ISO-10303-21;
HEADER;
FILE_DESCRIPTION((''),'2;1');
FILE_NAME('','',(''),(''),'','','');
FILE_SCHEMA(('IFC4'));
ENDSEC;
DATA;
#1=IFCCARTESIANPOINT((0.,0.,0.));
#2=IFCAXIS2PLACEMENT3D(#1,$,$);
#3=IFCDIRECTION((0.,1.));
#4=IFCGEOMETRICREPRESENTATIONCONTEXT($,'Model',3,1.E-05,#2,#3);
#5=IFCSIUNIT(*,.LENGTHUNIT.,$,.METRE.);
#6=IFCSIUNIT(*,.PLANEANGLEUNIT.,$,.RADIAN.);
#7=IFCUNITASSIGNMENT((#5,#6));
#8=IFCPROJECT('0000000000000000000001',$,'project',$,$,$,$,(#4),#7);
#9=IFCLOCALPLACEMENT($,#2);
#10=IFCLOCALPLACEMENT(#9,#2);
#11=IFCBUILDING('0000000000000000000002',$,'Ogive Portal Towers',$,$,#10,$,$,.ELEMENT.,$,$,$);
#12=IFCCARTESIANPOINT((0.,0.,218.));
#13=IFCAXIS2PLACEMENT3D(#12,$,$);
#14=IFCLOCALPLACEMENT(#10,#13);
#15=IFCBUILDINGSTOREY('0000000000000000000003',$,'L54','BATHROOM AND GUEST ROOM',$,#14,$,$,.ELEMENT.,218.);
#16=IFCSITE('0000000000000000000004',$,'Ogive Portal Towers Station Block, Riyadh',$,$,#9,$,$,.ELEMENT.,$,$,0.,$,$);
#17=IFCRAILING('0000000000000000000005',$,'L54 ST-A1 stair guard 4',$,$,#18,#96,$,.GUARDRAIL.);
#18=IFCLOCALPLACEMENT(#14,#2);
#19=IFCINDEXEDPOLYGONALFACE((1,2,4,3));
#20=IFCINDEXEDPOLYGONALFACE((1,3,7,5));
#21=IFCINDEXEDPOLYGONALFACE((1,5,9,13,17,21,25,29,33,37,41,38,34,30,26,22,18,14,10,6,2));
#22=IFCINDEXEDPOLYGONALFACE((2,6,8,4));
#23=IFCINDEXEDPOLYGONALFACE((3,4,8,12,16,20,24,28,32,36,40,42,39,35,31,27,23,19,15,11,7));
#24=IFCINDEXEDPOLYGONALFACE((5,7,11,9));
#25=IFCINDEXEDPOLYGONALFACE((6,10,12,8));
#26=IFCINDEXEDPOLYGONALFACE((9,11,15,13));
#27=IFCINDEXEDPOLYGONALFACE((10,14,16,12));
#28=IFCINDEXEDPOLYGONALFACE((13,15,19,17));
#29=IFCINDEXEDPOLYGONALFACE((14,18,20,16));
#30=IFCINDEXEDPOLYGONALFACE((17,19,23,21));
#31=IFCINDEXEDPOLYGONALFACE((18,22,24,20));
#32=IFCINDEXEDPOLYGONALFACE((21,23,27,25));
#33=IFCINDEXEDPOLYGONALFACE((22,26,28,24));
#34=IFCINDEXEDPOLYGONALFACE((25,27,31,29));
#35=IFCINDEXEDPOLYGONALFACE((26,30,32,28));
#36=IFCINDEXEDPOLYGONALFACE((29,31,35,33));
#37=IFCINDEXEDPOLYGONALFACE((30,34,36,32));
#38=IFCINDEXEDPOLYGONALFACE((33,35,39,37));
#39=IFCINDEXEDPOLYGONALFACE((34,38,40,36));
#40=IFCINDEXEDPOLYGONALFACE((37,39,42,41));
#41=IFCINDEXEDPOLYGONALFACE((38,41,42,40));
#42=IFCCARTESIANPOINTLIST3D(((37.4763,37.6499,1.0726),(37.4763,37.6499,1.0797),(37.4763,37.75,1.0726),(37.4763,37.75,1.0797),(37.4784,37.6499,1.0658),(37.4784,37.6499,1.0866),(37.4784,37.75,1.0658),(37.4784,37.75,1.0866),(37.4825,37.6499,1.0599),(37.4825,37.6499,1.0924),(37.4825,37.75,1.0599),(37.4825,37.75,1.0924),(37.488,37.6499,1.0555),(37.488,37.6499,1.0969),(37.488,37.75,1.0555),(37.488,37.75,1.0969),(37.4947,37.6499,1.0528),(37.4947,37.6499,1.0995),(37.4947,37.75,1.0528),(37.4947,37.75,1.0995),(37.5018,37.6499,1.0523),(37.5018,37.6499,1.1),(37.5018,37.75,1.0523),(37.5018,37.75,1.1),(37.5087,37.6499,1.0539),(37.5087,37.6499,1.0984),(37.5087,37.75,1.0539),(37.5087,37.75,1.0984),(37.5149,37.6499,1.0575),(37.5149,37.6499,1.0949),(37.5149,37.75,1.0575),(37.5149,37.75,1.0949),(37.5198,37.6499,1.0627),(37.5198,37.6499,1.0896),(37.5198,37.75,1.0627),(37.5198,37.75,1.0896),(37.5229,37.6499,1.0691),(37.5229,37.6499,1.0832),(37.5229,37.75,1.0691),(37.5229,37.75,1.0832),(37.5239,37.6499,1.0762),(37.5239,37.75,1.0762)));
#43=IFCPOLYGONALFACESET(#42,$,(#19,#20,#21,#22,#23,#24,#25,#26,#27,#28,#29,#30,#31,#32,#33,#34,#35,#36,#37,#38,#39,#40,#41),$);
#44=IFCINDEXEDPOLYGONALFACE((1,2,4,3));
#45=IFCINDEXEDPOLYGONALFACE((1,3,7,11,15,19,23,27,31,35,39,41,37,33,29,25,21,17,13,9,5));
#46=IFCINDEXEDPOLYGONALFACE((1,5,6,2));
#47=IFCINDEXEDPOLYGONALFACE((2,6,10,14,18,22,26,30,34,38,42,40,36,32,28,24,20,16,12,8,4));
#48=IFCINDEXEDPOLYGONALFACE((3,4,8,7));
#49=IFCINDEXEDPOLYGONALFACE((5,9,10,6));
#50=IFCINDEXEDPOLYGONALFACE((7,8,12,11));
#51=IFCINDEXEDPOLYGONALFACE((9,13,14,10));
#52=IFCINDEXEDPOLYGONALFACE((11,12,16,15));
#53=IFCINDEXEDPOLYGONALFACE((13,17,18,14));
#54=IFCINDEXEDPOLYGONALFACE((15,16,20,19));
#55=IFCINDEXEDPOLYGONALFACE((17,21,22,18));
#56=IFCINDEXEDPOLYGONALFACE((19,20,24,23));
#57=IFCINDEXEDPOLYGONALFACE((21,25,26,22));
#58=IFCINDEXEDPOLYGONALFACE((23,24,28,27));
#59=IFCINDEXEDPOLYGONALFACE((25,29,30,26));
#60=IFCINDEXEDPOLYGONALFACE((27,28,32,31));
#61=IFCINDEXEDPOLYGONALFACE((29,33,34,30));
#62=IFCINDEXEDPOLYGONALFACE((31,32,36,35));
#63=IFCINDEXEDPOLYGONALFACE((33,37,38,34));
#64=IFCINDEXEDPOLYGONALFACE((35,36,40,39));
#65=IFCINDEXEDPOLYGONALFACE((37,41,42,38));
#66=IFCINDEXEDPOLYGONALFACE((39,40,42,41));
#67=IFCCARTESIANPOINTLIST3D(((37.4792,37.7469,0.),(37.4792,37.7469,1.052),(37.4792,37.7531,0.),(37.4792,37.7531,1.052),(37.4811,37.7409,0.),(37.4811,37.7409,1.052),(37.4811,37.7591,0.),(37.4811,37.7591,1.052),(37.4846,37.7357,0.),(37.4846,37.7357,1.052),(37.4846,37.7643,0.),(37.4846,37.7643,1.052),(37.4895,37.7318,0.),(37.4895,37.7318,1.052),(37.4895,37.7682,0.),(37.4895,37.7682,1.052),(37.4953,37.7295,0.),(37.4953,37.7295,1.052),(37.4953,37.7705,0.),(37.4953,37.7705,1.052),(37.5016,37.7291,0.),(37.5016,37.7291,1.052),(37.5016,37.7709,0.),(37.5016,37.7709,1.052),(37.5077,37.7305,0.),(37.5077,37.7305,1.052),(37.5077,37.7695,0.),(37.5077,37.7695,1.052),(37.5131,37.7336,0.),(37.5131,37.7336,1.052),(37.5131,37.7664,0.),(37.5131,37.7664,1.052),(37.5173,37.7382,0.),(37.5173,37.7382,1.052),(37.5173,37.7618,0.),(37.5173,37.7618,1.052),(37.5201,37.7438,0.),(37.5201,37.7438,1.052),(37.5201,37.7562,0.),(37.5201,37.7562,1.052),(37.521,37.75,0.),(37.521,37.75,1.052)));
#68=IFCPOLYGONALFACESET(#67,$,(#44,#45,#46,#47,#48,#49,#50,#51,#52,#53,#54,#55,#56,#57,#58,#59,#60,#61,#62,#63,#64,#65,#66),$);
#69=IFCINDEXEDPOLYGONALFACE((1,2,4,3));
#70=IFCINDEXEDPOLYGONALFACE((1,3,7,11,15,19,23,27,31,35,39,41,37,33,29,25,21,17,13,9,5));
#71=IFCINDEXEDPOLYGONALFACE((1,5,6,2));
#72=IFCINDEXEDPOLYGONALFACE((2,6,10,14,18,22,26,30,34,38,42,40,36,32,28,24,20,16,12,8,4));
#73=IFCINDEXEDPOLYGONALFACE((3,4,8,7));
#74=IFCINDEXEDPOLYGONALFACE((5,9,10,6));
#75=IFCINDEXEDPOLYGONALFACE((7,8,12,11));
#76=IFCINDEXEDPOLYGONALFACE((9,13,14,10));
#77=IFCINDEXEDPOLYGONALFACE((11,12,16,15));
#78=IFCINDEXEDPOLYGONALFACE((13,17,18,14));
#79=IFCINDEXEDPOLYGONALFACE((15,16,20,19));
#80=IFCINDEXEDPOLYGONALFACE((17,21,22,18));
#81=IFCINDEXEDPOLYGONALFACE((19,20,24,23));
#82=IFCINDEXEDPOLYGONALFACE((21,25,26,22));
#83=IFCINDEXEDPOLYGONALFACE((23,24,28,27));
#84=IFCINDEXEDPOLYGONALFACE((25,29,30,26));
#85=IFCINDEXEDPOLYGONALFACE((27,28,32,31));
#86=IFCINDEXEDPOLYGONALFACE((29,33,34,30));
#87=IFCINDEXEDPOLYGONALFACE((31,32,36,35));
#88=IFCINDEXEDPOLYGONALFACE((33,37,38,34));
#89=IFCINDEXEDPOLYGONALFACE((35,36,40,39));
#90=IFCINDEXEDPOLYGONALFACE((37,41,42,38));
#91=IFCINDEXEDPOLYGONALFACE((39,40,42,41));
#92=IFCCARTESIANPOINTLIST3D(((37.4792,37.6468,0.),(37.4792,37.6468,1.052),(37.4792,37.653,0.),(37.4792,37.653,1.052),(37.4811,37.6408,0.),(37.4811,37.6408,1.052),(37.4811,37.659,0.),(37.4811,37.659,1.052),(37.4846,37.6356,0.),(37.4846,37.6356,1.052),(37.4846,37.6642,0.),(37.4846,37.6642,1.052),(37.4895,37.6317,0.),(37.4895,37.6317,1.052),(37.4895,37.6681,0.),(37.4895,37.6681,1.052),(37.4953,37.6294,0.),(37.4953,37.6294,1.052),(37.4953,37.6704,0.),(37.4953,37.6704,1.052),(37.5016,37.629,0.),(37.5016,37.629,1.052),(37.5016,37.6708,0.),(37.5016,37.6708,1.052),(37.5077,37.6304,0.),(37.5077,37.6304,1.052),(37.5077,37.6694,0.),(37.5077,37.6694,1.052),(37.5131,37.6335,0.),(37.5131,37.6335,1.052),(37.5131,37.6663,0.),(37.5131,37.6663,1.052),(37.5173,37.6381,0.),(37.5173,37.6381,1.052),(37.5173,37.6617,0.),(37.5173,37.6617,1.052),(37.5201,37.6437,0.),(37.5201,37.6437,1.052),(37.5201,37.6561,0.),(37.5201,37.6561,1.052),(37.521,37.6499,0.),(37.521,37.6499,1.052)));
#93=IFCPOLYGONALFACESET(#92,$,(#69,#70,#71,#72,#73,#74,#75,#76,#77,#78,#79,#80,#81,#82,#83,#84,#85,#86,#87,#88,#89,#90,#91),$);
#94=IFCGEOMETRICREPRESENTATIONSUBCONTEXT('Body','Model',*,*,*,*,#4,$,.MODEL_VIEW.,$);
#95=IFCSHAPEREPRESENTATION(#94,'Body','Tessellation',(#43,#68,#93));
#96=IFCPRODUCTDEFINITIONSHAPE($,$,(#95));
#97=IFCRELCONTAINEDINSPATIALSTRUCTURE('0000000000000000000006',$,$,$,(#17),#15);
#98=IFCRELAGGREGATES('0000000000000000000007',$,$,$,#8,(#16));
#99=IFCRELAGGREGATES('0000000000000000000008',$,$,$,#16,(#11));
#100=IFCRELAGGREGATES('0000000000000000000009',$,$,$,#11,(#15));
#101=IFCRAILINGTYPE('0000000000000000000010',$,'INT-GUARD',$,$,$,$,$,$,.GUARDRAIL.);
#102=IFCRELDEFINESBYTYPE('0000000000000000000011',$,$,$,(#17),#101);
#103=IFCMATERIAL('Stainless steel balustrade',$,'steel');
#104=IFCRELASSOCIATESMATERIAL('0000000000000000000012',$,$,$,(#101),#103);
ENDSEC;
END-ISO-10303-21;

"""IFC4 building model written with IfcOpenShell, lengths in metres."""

from ifc_helpers import new_model, si_unit, direction, frame, origin, origin_2d, place, context, subcontext, project, spatial, circle, extrude, material, type_object, element, save


model = new_model("IFC4")

# Units and contexts
model_context = context("Model", 3, precision=1e-05, world=origin(), true_north=direction((0.0, 1.0)))
body_context = subcontext(model_context, "Body", "Model", "MODEL_VIEW")
ifc_project = project(units=[si_unit("LENGTHUNIT", "METRE"), si_unit("PLANEANGLEUNIT", "RADIAN")], contexts=[model_context])

# Site, building, storey
site_placement = place(None, origin())
site = spatial("IfcSite", under=ifc_project, at=site_placement, Name="Ogive Portal Towers Station Block, Riyadh", CompositionType="ELEMENT", RefElevation=0.0)
building_placement = place(site_placement, origin())
building = spatial("IfcBuilding", under=site, at=building_placement, Name="Ogive Portal Towers", CompositionType="ELEMENT")
storey_placement = place(building_placement, frame((0.0, 0.0, 218.0)))
storey = spatial("IfcBuildingStorey", under=building, at=storey_placement, Name="L54", Description="BATHROOM AND GUEST ROOM", CompositionType="ELEMENT", Elevation=218.0)

# Railing
ifc_material_1 = material(Name="Stainless steel balustrade", Category="steel")
railing_type_1 = type_object("IfcRailingType", Name="INT-GUARD", PredefinedType="GUARDRAIL", material=ifc_material_1)
railing_1_placement = place(storey_placement, frame((37.5, 37.75, 0.0)))
element("IfcRailing", 1, at=railing_1_placement, inside=storey, type_object=railing_type_1, Name="L54 ST-A1 stair guard 4", PredefinedType="GUARDRAIL", context=body_context, shape_type="SweptSolid", body=[
    extrude(circle(Radius=0.0239, at=origin_2d()), frame((0.0, 0.0, 1.0762), z_axis=(0.0, -1.0, 0.0), x_axis=(1.0, 0.0, 0.0)), (0.0, 0.0, 1.0), 0.1001),
    extrude(circle(Radius=0.021, at=origin_2d()), origin(), (0.0, 0.0, 1.0), 1.052),
    extrude(circle(Radius=0.021, at=origin_2d()), frame((0.0, -0.1001, 0.0)), (0.0, 0.0, 1.0), 1.052),
])

save(model, "model.ifc")
